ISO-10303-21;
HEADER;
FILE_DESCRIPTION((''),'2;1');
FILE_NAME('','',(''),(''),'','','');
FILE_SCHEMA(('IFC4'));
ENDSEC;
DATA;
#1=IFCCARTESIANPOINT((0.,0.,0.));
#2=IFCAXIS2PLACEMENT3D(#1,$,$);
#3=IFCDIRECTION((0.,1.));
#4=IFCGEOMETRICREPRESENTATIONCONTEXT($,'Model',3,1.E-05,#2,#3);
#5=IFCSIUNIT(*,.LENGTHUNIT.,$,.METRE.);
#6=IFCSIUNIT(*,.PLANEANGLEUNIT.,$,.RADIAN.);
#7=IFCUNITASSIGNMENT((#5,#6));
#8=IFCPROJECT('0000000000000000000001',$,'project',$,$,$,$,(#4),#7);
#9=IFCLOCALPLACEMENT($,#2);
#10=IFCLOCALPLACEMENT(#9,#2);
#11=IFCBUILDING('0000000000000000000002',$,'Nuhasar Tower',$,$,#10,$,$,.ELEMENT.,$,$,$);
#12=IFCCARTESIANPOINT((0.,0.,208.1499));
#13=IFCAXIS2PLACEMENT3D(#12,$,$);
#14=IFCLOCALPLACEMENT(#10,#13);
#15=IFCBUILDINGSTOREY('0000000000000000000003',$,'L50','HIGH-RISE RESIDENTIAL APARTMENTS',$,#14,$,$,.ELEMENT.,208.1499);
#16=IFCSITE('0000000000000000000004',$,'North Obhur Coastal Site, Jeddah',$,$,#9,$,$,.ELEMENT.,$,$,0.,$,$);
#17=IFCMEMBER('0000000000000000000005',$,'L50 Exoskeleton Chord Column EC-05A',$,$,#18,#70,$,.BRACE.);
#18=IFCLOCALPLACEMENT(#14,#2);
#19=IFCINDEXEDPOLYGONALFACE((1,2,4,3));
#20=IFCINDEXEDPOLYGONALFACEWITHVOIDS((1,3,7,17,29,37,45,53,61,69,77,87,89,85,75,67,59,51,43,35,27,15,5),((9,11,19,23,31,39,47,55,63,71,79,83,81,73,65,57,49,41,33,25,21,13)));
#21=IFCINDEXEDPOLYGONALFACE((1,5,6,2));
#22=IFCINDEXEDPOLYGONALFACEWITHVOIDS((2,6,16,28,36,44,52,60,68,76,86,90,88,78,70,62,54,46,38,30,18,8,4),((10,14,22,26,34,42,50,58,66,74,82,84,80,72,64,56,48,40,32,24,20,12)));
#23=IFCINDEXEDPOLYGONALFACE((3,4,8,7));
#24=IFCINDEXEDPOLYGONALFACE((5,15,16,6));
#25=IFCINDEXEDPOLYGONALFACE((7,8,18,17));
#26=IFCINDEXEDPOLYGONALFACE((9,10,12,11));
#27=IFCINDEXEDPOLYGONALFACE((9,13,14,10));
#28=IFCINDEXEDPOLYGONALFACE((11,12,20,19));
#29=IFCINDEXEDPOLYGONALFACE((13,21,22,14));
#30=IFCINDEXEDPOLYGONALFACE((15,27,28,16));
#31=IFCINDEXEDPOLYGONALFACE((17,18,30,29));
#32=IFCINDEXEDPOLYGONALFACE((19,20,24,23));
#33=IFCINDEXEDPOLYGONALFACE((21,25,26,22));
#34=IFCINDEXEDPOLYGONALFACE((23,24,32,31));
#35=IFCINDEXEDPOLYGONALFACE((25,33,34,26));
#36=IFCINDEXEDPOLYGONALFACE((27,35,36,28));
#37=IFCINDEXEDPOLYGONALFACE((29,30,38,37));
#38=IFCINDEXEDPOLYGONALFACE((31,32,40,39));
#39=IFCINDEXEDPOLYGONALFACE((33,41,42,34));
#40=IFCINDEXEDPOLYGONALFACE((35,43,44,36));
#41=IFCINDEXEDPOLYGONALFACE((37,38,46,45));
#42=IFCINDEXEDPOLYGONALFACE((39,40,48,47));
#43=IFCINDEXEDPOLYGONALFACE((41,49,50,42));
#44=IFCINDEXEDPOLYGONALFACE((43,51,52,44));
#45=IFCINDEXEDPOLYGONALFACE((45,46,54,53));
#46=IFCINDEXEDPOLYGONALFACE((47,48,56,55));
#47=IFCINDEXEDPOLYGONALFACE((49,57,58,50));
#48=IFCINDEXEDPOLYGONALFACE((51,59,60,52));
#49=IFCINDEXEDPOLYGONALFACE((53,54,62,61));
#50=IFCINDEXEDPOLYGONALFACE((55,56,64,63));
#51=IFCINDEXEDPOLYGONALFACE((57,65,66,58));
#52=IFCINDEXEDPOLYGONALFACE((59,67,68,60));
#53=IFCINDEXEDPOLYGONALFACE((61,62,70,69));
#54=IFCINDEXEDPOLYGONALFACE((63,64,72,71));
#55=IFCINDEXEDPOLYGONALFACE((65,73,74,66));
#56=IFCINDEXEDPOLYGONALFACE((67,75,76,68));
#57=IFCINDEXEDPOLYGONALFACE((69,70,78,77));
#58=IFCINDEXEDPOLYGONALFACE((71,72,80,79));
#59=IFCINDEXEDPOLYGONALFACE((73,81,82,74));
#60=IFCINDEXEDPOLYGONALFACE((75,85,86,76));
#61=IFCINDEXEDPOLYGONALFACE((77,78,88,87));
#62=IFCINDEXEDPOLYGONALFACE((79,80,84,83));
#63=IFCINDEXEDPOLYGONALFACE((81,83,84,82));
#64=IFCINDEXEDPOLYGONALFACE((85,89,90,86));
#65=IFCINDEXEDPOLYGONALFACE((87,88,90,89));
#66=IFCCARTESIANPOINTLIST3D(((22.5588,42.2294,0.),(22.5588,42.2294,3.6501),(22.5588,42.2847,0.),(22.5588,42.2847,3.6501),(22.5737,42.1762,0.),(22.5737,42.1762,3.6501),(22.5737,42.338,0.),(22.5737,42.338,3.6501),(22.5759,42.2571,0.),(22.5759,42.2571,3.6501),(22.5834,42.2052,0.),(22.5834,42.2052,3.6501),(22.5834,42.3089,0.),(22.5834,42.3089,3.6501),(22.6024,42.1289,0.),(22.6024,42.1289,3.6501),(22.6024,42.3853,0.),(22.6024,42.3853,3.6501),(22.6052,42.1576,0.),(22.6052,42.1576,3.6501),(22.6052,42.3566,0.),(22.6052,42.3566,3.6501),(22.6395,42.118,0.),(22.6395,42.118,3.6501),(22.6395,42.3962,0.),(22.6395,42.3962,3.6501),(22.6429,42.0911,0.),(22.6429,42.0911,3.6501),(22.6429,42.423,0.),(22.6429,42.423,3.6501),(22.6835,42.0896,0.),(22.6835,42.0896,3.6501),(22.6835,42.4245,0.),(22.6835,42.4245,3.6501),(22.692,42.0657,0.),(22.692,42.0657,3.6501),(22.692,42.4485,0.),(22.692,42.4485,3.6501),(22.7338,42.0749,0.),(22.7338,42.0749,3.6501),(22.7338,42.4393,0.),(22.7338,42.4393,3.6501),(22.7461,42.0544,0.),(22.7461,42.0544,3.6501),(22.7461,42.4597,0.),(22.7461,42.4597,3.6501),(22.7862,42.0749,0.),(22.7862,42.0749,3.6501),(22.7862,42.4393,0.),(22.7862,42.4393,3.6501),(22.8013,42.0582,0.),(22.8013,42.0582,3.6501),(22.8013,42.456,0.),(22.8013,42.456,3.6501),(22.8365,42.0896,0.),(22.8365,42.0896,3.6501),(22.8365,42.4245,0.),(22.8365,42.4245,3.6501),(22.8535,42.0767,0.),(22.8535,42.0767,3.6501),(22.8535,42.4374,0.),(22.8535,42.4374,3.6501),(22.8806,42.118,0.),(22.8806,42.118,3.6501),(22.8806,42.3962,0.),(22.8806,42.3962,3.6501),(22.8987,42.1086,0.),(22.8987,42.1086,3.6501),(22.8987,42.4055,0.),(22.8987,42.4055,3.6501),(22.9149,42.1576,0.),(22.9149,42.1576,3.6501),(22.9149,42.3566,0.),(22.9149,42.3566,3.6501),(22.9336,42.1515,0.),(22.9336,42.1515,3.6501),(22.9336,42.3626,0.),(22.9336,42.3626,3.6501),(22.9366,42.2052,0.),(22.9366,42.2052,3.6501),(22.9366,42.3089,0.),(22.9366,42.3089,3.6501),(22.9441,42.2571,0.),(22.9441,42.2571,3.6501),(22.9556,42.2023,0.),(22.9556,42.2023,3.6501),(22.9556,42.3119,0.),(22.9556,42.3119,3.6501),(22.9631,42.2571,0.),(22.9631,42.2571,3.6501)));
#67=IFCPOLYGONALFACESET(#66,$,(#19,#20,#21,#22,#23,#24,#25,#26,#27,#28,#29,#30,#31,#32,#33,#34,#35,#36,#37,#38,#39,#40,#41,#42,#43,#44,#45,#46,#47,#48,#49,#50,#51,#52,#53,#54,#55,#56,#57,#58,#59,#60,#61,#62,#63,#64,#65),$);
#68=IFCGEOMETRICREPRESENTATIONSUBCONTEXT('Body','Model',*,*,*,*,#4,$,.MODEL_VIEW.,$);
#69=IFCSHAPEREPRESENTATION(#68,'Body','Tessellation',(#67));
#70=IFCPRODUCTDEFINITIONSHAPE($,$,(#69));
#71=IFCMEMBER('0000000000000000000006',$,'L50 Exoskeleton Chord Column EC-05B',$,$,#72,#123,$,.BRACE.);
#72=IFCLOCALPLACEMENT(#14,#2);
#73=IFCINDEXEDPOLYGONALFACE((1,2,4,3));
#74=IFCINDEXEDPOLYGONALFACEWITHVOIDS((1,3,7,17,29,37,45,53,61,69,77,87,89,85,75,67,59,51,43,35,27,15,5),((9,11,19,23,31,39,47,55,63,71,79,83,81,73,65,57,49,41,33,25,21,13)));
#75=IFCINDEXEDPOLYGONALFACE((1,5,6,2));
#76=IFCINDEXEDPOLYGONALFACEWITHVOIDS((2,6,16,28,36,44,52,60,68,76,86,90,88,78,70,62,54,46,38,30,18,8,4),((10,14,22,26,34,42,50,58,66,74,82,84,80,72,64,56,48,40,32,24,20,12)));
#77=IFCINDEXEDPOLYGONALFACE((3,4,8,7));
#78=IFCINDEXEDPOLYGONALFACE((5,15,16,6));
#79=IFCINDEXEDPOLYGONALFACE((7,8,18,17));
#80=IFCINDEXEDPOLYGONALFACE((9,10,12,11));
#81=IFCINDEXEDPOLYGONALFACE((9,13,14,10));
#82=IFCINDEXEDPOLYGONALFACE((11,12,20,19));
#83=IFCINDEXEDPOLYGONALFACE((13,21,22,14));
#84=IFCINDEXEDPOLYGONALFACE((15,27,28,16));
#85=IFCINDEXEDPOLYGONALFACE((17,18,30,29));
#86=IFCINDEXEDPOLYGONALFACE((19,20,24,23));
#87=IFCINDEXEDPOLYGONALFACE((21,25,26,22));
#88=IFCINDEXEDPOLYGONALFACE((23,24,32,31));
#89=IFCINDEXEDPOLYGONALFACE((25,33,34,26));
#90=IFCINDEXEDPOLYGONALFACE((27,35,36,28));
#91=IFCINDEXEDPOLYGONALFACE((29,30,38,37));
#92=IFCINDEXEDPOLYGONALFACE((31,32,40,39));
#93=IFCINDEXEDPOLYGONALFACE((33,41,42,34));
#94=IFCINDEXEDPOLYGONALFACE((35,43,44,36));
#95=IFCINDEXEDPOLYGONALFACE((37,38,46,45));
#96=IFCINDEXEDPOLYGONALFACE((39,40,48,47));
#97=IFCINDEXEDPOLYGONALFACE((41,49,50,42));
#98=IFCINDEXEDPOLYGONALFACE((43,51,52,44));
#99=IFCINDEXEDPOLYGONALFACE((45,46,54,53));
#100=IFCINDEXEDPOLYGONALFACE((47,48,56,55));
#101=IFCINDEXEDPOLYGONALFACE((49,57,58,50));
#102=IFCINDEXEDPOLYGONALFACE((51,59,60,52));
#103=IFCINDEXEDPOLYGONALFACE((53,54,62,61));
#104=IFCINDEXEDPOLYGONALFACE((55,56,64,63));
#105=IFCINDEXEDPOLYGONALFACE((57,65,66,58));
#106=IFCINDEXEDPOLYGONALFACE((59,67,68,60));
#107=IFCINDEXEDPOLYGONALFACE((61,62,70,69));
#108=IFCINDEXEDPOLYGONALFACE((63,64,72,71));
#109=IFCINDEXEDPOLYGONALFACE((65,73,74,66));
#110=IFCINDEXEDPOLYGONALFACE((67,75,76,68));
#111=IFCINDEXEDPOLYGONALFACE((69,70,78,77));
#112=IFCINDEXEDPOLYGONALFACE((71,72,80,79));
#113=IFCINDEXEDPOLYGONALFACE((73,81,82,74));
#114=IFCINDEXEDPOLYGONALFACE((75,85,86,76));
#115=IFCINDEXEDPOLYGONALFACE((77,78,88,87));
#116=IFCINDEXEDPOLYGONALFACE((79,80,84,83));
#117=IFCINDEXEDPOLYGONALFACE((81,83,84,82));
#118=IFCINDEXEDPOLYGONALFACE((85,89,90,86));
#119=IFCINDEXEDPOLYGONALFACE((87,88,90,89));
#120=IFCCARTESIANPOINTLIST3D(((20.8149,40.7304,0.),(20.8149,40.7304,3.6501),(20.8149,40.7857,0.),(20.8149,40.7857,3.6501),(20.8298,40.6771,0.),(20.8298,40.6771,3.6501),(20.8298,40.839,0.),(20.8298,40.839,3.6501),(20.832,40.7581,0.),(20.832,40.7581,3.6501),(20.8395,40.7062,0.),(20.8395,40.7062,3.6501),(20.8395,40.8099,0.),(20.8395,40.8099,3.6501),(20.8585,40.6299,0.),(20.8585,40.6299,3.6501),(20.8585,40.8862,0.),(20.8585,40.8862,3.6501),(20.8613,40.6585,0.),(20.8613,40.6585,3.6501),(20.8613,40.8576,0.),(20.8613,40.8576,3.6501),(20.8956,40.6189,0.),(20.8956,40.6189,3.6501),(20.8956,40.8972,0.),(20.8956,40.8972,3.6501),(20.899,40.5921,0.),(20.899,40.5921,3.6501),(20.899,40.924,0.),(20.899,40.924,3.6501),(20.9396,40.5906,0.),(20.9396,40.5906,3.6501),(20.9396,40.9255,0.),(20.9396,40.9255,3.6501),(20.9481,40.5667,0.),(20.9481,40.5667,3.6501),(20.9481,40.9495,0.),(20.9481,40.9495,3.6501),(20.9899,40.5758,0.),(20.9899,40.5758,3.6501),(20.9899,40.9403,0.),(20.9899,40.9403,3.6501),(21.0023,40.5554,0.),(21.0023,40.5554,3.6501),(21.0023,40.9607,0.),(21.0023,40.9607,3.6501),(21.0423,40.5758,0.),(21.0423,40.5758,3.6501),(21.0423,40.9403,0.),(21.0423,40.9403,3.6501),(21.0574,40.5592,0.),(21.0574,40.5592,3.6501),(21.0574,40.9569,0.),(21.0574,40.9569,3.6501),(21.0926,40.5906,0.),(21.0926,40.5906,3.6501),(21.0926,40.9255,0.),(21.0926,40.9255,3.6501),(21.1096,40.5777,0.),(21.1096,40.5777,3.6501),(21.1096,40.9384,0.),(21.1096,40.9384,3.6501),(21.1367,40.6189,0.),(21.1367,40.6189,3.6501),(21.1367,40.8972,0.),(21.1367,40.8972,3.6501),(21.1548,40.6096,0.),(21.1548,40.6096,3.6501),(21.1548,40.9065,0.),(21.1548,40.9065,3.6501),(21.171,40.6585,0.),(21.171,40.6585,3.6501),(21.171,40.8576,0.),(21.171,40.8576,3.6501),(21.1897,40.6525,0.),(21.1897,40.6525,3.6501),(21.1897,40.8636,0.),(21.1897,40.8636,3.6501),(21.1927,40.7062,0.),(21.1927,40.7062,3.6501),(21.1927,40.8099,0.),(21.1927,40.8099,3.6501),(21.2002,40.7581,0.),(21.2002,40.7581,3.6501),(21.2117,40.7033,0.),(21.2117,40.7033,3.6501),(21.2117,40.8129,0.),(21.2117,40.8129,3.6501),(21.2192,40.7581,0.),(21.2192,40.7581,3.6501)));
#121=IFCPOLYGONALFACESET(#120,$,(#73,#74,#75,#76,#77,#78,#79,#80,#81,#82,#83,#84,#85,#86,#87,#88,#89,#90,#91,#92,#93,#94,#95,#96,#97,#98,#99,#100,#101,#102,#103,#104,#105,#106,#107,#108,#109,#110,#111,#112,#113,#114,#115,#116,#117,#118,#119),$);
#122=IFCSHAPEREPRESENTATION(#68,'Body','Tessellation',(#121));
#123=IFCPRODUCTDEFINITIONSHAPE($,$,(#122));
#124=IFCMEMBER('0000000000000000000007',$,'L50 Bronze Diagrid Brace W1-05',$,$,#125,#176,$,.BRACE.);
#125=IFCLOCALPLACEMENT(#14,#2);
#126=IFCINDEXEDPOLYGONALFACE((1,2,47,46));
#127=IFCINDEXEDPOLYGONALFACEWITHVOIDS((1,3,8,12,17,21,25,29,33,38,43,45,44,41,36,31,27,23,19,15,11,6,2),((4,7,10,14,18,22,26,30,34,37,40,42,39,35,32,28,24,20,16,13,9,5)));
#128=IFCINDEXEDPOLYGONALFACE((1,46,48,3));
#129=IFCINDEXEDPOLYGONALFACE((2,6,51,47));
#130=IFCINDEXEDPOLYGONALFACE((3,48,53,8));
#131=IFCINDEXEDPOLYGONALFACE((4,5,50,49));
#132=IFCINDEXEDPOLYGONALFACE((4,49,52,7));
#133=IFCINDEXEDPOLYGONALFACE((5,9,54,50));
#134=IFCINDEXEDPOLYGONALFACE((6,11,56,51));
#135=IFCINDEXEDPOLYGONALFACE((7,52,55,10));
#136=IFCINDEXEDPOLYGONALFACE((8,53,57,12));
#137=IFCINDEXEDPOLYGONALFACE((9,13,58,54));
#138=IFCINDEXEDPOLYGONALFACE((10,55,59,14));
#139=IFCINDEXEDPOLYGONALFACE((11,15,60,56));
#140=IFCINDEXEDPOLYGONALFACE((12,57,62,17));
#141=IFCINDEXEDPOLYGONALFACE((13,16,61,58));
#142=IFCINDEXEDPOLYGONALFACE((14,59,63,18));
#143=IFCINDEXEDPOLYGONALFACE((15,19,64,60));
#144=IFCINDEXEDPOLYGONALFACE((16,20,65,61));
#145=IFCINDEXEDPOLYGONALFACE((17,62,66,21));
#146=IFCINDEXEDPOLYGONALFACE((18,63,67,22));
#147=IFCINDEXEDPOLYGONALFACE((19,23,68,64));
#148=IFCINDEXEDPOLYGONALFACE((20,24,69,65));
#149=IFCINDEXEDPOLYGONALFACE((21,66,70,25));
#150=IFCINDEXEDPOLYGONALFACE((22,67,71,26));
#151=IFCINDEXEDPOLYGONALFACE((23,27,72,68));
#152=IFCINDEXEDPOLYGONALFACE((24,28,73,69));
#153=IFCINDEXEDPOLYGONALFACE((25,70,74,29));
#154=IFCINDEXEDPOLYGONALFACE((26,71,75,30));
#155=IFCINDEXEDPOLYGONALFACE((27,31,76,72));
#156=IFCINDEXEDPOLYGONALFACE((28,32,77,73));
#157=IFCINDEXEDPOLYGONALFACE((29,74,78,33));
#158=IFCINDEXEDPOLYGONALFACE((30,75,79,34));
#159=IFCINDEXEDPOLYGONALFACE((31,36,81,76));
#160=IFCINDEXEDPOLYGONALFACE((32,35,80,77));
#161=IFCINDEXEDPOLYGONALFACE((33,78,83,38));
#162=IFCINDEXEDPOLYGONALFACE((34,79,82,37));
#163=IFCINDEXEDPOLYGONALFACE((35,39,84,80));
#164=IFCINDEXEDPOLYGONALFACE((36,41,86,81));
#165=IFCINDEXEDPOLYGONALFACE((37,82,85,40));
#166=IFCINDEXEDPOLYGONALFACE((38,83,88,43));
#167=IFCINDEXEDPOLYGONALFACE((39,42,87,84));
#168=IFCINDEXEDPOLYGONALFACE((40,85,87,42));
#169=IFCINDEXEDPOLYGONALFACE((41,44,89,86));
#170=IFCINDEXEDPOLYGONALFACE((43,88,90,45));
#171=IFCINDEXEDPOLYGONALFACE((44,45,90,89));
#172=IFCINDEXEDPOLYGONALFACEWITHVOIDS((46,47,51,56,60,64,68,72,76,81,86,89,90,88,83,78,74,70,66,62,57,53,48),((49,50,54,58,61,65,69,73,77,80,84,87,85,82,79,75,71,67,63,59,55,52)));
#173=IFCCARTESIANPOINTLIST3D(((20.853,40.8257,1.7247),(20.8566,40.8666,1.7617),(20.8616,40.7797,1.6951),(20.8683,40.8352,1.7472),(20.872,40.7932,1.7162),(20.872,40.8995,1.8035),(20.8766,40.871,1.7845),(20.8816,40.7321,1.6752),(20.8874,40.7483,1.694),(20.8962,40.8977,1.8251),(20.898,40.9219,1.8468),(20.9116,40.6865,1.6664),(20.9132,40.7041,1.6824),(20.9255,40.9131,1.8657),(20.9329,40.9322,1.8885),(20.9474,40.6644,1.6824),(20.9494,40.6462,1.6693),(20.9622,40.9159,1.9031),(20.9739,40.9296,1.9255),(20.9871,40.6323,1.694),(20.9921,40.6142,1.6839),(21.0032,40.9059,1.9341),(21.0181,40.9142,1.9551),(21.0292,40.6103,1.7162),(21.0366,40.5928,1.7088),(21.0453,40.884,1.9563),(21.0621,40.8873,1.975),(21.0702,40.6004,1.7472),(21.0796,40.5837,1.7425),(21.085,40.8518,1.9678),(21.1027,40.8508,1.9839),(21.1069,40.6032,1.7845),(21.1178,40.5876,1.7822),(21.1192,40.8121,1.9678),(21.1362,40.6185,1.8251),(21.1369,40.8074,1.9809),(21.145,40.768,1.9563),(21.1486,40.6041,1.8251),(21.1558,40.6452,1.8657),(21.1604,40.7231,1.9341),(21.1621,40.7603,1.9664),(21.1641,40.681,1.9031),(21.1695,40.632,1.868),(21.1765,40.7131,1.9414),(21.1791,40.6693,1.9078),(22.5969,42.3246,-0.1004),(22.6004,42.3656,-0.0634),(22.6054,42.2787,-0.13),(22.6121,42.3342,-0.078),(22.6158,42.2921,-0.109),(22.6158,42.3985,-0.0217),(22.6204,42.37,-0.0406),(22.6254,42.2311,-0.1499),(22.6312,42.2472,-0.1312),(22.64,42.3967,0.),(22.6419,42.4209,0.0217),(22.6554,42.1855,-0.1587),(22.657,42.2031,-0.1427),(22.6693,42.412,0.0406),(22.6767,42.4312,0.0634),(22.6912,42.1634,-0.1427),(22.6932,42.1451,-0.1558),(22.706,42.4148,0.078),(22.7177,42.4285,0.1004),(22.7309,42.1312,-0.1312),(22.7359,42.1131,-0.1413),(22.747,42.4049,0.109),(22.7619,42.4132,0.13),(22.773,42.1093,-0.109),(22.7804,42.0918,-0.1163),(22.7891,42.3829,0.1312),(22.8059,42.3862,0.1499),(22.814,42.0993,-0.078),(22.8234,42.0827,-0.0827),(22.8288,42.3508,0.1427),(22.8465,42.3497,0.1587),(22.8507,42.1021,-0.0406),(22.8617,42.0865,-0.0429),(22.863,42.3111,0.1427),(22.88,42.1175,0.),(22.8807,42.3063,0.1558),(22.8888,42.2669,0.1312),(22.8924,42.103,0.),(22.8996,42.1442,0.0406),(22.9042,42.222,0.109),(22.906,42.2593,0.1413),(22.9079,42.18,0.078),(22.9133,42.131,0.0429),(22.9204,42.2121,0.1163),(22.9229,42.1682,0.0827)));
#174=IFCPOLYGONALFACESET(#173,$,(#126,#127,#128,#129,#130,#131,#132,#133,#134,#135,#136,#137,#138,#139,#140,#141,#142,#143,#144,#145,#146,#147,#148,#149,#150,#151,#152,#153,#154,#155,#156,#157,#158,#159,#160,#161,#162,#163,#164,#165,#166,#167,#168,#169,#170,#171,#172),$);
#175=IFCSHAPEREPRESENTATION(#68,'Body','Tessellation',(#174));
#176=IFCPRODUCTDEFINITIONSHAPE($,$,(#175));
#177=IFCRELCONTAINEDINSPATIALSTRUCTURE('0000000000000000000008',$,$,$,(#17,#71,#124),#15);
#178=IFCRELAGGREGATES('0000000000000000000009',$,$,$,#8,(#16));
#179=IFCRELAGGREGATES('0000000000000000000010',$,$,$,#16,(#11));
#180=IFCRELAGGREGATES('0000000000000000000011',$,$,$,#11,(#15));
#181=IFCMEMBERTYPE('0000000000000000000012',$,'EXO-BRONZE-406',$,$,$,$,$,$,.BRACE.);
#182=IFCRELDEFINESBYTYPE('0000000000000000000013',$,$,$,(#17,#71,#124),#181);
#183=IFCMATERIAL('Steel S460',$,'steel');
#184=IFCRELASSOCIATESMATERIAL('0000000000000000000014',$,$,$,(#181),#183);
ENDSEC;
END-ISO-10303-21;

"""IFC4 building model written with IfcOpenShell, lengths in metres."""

from ifc_helpers import new_model, si_unit, direction, frame, origin, origin_2d, place, context, subcontext, project, spatial, hollow_circle, extrude, material, material_profile, profile_set, type_object, element, save


model = new_model("IFC4")

# Units and contexts
model_context = context("Model", 3, precision=1e-05, world=origin(), true_north=direction((0.0, 1.0)))
body_context = subcontext(model_context, "Body", "Model", "MODEL_VIEW")
ifc_project = project(units=[si_unit("LENGTHUNIT", "METRE"), si_unit("PLANEANGLEUNIT", "RADIAN")], contexts=[model_context])

# Site, building, storey
site_placement = place(None, origin())
site = spatial("IfcSite", under=ifc_project, at=site_placement, Name="North Obhur Coastal Site, Jeddah", CompositionType="ELEMENT", RefElevation=0.0)
building_placement = place(site_placement, origin())
building = spatial("IfcBuilding", under=site, at=building_placement, Name="Nuhasar Tower", CompositionType="ELEMENT")
storey_placement = place(building_placement, frame((0.0, 0.0, 208.1499)))
storey = spatial("IfcBuildingStorey", under=building, at=storey_placement, Name="L50", Description="HIGH-RISE RESIDENTIAL APARTMENTS", CompositionType="ELEMENT", Elevation=208.1499)

# Members
ifc_material_1 = material(Name="Steel S460", Category="steel")
ifc_material_profile_1 = material_profile(ifc_material_1, hollow_circle(Radius=0.2031, WallThickness=0.019, at=origin_2d()), Name="HSS406.4X19.1")
ifc_profile_set_1 = profile_set([ifc_material_profile_1], Name="Steel S460")
member_type_1 = type_object("IfcMemberType", Name="EXO-BRONZE-406", PredefinedType="BRACE", material=ifc_profile_set_1)
for number, where, z_axis, x_axis, name in (
    (1, (22.76, 42.2571, 0.0), (0.0, 0.0, 1.0), (1.0, 0.0, 0.0), "L50 Exoskeleton Chord Column EC-05A"),
    (2, (21.0161, 40.7581, 0.0), (0.0, 0.0, 1.0), (1.0, 0.0, 0.0), "L50 Exoskeleton Chord Column EC-05B"),
):
    element("IfcMember", number, at=place(storey_placement, frame(where, z_axis=z_axis, x_axis=x_axis)), inside=storey, type_object=member_type_1, Name=name, PredefinedType="BRACE", context=body_context, shape_type="SweptSolid", body=[
        extrude(hollow_circle(Radius=0.2031, WallThickness=0.019, at=origin_2d()), origin(), (0.0, 0.0, 1.0), 3.6501),
    ])
for number, where, z_axis, x_axis, name in (
    (3, (22.76, 42.2571, 0.0), (-0.593988, -0.510582, 0.621679), (0.651857, -0.758342, 0.0), "L50 Bronze Diagrid Brace W1-05"),
):
    element("IfcMember", number, at=place(storey_placement, frame(where, z_axis=z_axis, x_axis=x_axis)), inside=storey, type_object=member_type_1, Name=name, PredefinedType="BRACE", context=body_context, shape_type="SweptSolid", body=[
        extrude(hollow_circle(Radius=0.2031, WallThickness=0.019, at=origin_2d()), origin(), (0.0, 0.0, 1.0), 2.9358),
    ])

save(model, "model.ifc")
